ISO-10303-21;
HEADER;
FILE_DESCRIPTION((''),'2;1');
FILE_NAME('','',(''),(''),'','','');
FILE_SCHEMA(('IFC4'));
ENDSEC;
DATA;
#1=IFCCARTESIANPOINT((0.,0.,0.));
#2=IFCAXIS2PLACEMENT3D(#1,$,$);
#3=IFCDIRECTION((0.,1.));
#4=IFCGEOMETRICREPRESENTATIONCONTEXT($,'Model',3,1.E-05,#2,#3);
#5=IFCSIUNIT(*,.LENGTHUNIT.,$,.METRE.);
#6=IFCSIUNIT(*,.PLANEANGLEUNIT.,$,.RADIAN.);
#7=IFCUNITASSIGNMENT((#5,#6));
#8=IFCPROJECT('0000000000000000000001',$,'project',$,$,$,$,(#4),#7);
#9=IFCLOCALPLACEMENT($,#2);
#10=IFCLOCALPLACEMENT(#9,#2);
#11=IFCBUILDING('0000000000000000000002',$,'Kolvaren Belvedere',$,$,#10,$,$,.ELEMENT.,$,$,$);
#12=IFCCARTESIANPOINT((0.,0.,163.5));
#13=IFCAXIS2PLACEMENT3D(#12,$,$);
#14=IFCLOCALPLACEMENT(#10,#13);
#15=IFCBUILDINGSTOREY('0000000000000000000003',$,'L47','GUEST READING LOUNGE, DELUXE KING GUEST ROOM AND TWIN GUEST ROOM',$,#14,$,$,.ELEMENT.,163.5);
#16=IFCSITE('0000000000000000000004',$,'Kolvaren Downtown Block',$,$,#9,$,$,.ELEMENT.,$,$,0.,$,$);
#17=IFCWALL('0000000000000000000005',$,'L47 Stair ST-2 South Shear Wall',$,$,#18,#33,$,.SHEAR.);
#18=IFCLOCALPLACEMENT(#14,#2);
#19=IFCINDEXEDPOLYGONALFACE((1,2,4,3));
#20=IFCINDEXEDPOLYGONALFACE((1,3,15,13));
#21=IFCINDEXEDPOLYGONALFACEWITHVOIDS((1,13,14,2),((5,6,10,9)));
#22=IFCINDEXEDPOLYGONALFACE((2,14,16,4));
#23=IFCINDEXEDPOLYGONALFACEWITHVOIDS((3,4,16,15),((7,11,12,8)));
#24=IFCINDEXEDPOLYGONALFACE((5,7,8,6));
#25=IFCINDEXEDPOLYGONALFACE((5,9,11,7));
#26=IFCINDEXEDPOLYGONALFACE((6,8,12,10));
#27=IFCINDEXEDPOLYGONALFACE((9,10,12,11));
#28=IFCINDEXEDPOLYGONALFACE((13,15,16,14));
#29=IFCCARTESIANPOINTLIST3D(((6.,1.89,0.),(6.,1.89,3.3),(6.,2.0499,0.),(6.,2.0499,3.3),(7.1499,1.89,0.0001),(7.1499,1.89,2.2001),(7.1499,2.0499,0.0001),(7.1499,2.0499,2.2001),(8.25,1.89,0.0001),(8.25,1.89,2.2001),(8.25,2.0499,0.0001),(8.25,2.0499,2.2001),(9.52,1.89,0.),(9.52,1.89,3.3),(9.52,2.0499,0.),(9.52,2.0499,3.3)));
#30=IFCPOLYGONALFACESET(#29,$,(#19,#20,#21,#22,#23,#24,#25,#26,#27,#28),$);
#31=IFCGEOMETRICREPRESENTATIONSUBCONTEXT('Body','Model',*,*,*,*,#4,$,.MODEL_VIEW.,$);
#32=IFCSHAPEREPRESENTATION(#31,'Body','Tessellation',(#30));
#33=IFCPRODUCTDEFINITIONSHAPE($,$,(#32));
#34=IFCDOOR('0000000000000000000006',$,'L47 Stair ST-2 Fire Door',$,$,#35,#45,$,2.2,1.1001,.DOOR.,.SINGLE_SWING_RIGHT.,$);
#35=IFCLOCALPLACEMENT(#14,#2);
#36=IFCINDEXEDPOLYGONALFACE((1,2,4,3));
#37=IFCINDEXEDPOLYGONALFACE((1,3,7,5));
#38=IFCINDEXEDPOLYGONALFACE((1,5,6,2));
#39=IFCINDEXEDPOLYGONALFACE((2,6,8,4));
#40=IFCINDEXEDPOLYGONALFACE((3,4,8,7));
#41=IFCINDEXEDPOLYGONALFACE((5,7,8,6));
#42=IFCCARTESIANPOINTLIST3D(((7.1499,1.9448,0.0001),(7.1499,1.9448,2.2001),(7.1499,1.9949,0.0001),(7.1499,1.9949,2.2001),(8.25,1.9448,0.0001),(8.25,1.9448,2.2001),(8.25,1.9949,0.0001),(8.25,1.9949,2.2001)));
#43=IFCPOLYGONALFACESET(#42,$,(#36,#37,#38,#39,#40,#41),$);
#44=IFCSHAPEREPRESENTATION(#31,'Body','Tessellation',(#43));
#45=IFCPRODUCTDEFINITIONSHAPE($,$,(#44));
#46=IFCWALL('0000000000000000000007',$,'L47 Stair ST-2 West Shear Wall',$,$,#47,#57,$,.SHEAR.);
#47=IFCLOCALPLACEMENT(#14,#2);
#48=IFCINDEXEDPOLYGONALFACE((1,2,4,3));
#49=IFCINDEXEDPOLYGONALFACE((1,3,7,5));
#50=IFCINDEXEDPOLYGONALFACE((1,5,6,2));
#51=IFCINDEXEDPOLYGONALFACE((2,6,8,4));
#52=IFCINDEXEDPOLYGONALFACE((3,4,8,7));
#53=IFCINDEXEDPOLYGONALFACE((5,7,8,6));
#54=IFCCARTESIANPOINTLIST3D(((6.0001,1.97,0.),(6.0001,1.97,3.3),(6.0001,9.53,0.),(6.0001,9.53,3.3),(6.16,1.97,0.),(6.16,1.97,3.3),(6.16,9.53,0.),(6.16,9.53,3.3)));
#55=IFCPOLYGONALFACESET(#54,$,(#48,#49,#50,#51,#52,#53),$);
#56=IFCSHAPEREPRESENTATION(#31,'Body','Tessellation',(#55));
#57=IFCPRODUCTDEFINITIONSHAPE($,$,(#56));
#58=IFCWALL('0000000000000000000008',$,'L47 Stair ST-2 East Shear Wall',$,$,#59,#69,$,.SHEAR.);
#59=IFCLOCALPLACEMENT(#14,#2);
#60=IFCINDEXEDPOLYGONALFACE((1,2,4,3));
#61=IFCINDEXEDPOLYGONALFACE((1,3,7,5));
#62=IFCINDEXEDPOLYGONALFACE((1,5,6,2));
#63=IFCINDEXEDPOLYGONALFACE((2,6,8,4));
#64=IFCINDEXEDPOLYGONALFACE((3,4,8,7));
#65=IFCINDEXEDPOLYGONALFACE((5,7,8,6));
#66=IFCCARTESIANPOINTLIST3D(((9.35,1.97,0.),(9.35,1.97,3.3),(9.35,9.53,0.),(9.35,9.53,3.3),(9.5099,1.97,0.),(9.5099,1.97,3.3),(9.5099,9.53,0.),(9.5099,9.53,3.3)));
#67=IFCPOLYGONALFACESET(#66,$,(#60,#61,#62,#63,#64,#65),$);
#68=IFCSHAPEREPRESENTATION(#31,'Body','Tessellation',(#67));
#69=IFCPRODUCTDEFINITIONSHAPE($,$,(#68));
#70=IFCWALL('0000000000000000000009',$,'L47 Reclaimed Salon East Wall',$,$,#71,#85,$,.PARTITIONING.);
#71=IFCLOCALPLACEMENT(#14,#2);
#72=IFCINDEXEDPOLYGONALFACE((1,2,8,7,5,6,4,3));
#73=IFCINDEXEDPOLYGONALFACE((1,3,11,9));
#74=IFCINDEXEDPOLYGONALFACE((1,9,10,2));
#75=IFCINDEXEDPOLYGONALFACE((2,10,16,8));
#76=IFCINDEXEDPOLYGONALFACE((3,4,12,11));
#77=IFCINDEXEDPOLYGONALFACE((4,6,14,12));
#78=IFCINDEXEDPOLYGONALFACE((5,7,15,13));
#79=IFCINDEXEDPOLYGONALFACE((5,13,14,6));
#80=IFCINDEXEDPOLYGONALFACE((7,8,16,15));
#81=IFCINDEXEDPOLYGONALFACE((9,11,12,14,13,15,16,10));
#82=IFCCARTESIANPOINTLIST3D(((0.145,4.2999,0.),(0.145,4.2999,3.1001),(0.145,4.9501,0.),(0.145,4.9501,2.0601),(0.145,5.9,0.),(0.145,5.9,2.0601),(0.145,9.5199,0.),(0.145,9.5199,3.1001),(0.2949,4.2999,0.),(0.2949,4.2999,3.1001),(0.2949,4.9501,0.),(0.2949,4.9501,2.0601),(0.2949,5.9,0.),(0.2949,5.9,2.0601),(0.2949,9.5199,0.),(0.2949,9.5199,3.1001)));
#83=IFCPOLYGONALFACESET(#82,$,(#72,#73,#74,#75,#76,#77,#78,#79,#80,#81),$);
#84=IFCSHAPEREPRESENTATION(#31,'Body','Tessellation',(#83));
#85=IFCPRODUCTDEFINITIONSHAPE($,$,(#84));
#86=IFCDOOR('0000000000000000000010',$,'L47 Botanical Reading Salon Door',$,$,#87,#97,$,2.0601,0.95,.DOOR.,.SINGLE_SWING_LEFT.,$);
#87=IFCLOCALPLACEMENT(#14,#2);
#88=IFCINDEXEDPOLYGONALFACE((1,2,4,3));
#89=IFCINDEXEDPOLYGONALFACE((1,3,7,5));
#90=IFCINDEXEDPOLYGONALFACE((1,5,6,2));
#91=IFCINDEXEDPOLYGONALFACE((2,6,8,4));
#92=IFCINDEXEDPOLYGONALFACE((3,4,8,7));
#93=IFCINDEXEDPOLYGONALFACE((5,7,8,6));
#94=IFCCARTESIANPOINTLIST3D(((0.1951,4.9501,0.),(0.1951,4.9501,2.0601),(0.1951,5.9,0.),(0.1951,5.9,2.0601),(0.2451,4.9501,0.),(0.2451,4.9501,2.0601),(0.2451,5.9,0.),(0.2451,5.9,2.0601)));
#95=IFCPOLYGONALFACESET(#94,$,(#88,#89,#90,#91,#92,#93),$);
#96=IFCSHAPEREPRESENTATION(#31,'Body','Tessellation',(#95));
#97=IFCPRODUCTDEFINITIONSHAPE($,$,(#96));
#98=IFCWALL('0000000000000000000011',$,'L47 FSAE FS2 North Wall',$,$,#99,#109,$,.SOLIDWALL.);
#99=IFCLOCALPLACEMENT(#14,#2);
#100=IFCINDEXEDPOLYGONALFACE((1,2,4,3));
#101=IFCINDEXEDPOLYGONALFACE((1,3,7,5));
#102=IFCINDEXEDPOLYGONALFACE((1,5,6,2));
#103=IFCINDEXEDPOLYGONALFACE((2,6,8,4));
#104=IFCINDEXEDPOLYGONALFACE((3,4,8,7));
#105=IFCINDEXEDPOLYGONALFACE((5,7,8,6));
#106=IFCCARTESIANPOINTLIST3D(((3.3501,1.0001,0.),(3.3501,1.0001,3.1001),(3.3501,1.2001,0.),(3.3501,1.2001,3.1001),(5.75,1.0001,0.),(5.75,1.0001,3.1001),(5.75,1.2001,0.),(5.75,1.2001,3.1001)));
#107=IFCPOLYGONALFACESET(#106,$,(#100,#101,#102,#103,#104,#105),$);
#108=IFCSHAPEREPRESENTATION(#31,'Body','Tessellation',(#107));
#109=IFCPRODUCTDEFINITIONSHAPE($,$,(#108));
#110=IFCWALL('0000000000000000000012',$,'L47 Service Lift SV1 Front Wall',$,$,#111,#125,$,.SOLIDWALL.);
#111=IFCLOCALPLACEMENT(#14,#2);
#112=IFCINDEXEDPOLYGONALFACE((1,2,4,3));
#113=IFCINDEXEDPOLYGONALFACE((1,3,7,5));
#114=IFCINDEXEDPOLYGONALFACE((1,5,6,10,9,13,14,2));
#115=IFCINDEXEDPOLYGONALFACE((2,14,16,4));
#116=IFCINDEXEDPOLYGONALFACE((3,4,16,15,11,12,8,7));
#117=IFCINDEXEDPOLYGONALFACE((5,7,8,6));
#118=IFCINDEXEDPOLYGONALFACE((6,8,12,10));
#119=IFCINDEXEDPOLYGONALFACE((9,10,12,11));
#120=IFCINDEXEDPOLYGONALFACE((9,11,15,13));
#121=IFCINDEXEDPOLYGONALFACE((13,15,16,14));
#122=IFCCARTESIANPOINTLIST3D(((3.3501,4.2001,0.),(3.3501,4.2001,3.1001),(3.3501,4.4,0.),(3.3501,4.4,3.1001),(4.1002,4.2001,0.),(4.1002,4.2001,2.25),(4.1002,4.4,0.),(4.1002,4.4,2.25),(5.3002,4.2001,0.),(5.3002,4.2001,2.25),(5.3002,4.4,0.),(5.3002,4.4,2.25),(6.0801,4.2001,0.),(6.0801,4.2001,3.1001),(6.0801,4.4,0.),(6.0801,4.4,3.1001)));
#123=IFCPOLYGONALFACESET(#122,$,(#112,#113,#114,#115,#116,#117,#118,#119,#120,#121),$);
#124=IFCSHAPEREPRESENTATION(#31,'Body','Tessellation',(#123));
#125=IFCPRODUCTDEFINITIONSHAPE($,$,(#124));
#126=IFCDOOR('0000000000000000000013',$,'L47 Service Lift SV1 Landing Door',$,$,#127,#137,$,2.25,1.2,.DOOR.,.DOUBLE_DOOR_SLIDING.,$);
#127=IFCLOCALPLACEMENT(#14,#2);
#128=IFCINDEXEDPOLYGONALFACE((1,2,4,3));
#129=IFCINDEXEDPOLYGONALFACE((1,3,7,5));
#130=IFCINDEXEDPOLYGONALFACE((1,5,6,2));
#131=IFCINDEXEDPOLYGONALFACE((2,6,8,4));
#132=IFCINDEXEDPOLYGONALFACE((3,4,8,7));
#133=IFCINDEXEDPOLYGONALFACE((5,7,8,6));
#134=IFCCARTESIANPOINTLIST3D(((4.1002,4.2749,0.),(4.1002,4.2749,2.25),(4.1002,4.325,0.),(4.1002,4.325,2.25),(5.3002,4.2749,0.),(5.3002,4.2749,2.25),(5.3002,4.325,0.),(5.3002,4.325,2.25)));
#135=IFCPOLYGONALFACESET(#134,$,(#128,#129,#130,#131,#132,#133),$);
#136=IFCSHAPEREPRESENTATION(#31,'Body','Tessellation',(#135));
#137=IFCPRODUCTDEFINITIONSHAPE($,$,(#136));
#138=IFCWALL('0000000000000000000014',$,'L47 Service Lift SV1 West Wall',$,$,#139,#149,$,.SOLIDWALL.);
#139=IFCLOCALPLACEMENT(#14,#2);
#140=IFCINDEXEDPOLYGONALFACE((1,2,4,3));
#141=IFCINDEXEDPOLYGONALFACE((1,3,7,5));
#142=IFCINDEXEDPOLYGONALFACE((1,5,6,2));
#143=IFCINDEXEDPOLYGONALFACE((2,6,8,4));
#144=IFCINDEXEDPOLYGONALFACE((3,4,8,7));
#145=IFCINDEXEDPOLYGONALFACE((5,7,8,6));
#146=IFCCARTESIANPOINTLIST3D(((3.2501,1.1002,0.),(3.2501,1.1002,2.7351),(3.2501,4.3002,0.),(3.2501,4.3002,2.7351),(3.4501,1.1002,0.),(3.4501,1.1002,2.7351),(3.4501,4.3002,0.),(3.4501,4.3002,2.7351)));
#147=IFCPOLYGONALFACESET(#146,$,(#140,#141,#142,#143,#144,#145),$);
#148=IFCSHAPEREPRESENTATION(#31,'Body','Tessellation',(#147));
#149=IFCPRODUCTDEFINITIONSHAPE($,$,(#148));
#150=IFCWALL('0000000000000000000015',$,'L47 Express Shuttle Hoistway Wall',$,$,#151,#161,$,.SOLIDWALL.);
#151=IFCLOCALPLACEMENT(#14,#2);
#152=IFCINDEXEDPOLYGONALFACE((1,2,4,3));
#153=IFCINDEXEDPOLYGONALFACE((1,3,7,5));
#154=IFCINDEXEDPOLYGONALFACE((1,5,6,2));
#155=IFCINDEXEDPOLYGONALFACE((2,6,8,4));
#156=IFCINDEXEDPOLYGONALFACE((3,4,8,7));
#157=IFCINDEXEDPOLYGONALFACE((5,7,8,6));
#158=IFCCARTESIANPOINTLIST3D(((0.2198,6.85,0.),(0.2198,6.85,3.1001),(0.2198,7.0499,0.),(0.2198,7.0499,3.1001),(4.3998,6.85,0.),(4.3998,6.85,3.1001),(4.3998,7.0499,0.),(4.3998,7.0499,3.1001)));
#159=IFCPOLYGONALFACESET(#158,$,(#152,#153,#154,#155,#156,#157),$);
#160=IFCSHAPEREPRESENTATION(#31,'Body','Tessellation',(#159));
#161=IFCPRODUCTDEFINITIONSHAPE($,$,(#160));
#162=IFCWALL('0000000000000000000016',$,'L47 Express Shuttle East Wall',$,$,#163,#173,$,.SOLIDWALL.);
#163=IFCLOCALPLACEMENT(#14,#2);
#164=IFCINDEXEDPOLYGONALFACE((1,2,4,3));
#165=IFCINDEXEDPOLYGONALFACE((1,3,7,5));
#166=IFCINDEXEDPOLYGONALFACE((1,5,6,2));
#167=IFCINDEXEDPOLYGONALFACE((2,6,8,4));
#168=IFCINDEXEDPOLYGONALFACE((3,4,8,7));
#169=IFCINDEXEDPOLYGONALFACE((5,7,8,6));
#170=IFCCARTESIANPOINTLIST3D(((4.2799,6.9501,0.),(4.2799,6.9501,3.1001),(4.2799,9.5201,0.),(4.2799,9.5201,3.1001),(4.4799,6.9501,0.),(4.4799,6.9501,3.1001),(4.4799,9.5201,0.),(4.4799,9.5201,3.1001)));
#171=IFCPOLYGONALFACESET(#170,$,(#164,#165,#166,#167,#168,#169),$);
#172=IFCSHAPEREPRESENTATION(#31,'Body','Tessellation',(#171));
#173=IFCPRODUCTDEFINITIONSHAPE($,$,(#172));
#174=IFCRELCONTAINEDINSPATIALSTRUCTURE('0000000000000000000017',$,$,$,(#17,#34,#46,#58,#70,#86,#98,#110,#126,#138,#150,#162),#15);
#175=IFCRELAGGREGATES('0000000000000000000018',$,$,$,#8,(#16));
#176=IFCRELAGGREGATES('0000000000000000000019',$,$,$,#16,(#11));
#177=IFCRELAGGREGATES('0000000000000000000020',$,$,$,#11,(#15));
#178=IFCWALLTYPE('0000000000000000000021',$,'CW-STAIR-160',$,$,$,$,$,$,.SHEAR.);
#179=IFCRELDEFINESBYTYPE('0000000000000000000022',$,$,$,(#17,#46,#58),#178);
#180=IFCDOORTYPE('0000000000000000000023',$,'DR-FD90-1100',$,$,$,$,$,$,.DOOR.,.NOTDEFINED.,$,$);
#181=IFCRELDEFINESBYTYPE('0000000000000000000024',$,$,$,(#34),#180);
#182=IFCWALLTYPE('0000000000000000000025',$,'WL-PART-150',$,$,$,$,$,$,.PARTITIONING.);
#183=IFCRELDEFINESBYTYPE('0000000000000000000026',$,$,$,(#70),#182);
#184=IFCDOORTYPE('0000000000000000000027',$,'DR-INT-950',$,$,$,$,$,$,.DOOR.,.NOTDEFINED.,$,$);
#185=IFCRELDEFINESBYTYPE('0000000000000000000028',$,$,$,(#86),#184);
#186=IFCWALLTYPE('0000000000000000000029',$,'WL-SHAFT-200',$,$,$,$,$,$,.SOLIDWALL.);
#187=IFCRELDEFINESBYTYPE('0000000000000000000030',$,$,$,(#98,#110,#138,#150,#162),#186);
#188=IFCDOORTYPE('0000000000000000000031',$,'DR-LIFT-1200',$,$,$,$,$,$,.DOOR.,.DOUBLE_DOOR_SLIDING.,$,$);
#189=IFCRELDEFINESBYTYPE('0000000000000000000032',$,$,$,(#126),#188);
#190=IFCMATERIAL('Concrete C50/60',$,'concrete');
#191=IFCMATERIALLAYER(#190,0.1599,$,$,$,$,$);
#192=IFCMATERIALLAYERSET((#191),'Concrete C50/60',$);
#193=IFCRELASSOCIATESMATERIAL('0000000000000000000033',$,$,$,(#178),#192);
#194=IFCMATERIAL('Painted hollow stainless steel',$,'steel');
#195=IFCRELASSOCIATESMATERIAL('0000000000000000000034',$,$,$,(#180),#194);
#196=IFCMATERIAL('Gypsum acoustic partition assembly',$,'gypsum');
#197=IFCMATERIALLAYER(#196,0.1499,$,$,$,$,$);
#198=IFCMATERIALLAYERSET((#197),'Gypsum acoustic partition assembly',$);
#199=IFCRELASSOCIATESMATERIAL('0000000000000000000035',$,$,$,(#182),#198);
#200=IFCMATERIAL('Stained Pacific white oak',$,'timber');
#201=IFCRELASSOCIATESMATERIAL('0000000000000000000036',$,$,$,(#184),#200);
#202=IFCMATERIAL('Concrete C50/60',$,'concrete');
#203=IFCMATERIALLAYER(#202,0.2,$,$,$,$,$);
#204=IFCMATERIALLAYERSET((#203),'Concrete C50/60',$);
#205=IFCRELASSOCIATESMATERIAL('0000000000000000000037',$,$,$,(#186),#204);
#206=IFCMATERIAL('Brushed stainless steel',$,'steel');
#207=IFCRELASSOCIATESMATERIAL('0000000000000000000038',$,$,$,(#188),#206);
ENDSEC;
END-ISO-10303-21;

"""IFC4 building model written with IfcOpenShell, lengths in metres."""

from ifc_helpers import new_model, si_unit, direction, frame, frame_2d, origin, place, context, subcontext, project, spatial, rectangle, extrude, material, layer, layer_set, type_object, element, fill, save


model = new_model("IFC4")

# Units and contexts
model_context = context("Model", 3, precision=1e-05, world=origin(), true_north=direction((0.0, 1.0)))
body_context = subcontext(model_context, "Body", "Model", "MODEL_VIEW")
ifc_project = project(units=[si_unit("LENGTHUNIT", "METRE"), si_unit("PLANEANGLEUNIT", "RADIAN")], contexts=[model_context])

# Site, building, storey
site_placement = place(None, origin())
site = spatial("IfcSite", under=ifc_project, at=site_placement, Name="Kolvaren Downtown Block", CompositionType="ELEMENT", RefElevation=0.0)
building_placement = place(site_placement, origin())
building = spatial("IfcBuilding", under=site, at=building_placement, Name="Kolvaren Belvedere", CompositionType="ELEMENT")
storey_placement = place(building_placement, frame((0.0, 0.0, 163.5)))
storey = spatial("IfcBuildingStorey", under=building, at=storey_placement, Name="L47", Description="GUEST READING LOUNGE, DELUXE KING GUEST ROOM AND TWIN GUEST ROOM", CompositionType="ELEMENT", Elevation=163.5)

# Wall, opening, door
ifc_material_1 = material(Name="Concrete C50/60", Category="concrete")
ifc_layer_1 = layer(ifc_material_1, 0.1599)
ifc_layer_set_1 = layer_set([ifc_layer_1], Name="Concrete C50/60")
wall_type_1 = type_object("IfcWallType", Name="CW-STAIR-160", PredefinedType="SHEAR", material=ifc_layer_set_1)
wall_1_placement = place(storey_placement, frame((6.0, 1.97, 0.0), z_axis=(0.0, 0.0, 1.0), x_axis=(1.0, 0.0, 0.0)))
wall_1 = element("IfcWall", 1, at=wall_1_placement, inside=storey, type_object=wall_type_1, Name="L47 Stair ST-2 South Shear Wall", PredefinedType="SHEAR", context=body_context, shape_type="SweptSolid", body=[
    extrude(rectangle(XDim=3.52, YDim=0.1599, at=frame_2d((1.76, 0.0))), origin(), (0.0, 0.0, 1.0), 3.3),
])
opening_1_placement = place(wall_1_placement, frame((1.1499, 0.0, 0.0)))
opening_1 = element("IfcOpeningElement", 2, at=opening_1_placement, cuts=wall_1, PredefinedType="OPENING", context=body_context, shape_type="SweptSolid", body=[
    extrude(rectangle(XDim=1.1001, YDim=2.2, at=frame_2d((0.55, 1.1001))), frame((0.0, 0.0898, 0.0), z_axis=(0.0, -1.0, 0.0), x_axis=(1.0, 0.0, 0.0)), (0.0, 0.0, 1.0), 0.1799),
])
ifc_material_2 = material(Name="Painted hollow stainless steel", Category="steel")
door_type_1 = type_object("IfcDoorType", Name="DR-FD90-1100", OperationType="NOTDEFINED", PredefinedType="DOOR", material=ifc_material_2)
door_1_placement = place(opening_1_placement, origin())
door_1 = element("IfcDoor", 3, at=door_1_placement, inside=storey, type_object=door_type_1, Name="L47 Stair ST-2 Fire Door", OperationType="SINGLE_SWING_RIGHT", OverallHeight=2.2, OverallWidth=1.1001, PredefinedType="DOOR", context=body_context, shape_type="SweptSolid", body=[
    extrude(rectangle(XDim=1.1001, YDim=2.2, at=frame_2d((0.55, 1.1001))), frame((0.0, 0.0249, 0.0), z_axis=(0.0, -1.0, 0.0), x_axis=(1.0, 0.0, 0.0)), (0.0, 0.0, 1.0), 0.05),
])
fill(opening_1, door_1)

# Walls
for number, where, z_axis, x_axis, name in (
    (4, (6.0801, 1.97, 0.0), (0.0, 0.0, 1.0), (0.0, 1.0, 0.0), "L47 Stair ST-2 West Shear Wall"),
    (5, (9.4299, 1.97, 0.0), (0.0, 0.0, 1.0), (0.0, 1.0, 0.0), "L47 Stair ST-2 East Shear Wall"),
):
    element("IfcWall", number, at=place(storey_placement, frame(where, z_axis=z_axis, x_axis=x_axis)), inside=storey, type_object=wall_type_1, Name=name, PredefinedType="SHEAR", context=body_context, shape_type="SweptSolid", body=[
        extrude(rectangle(XDim=7.5601, YDim=0.1599, at=frame_2d((3.78, 0.0))), origin(), (0.0, 0.0, 1.0), 3.3),
    ])

# Wall, opening, door
ifc_material_3 = material(Name="Gypsum acoustic partition assembly", Category="gypsum")
ifc_layer_2 = layer(ifc_material_3, 0.1499)
ifc_layer_set_2 = layer_set([ifc_layer_2], Name="Gypsum acoustic partition assembly")
wall_type_2 = type_object("IfcWallType", Name="WL-PART-150", PredefinedType="PARTITIONING", material=ifc_layer_set_2)
wall_2_placement = place(storey_placement, frame((0.22, 4.3, 0.0), z_axis=(0.0, 0.0, 1.0), x_axis=(0.0, 1.0, 0.0)))
wall_2 = element("IfcWall", 6, at=wall_2_placement, inside=storey, type_object=wall_type_2, Name="L47 Reclaimed Salon East Wall", PredefinedType="PARTITIONING", context=body_context, shape_type="SweptSolid", body=[
    extrude(rectangle(XDim=5.22, YDim=0.1499, at=frame_2d((2.6099, 0.0))), origin(), (0.0, 0.0, 1.0), 3.1001),
])
opening_2_placement = place(wall_2_placement, frame((0.6499, 0.0, 0.0)))
opening_2 = element("IfcOpeningElement", 7, at=opening_2_placement, cuts=wall_2, PredefinedType="OPENING", context=body_context, shape_type="SweptSolid", body=[
    extrude(rectangle(XDim=0.95, YDim=2.0601, at=frame_2d((0.4751, 1.03))), frame((0.0, 0.085, 0.0), z_axis=(0.0, -1.0, 0.0), x_axis=(1.0, 0.0, 0.0)), (0.0, 0.0, 1.0), 0.1699),
])
ifc_material_4 = material(Name="Stained Pacific white oak", Category="timber")
door_type_2 = type_object("IfcDoorType", Name="DR-INT-950", OperationType="NOTDEFINED", PredefinedType="DOOR", material=ifc_material_4)
door_2_placement = place(opening_2_placement, origin())
door_2 = element("IfcDoor", 8, at=door_2_placement, inside=storey, type_object=door_type_2, Name="L47 Botanical Reading Salon Door", OperationType="SINGLE_SWING_LEFT", OverallHeight=2.0601, OverallWidth=0.95, PredefinedType="DOOR", context=body_context, shape_type="SweptSolid", body=[
    extrude(rectangle(XDim=0.95, YDim=2.0601, at=frame_2d((0.4751, 1.03))), frame((0.0, 0.0249, 0.0), z_axis=(0.0, -1.0, 0.0), x_axis=(1.0, 0.0, 0.0)), (0.0, 0.0, 1.0), 0.05),
])
fill(opening_2, door_2)

# Wall
ifc_material_5 = material(Name="Concrete C50/60", Category="concrete")
ifc_layer_3 = layer(ifc_material_5, 0.2)
ifc_layer_set_3 = layer_set([ifc_layer_3], Name="Concrete C50/60")
wall_type_3 = type_object("IfcWallType", Name="WL-SHAFT-200", PredefinedType="SOLIDWALL", material=ifc_layer_set_3)
wall_3_placement = place(storey_placement, frame((3.3501, 1.1001, 0.0), z_axis=(0.0, 0.0, 1.0), x_axis=(1.0, 0.0, 0.0)))
element("IfcWall", 9, at=wall_3_placement, inside=storey, type_object=wall_type_3, Name="L47 FSAE FS2 North Wall", PredefinedType="SOLIDWALL", context=body_context, shape_type="SweptSolid", body=[
    extrude(rectangle(XDim=2.3999, YDim=0.2, at=frame_2d((1.2, 0.0))), origin(), (0.0, 0.0, 1.0), 3.1001),
])

# Wall, opening, door
wall_4_placement = place(storey_placement, frame((3.3501, 4.3, 0.0), z_axis=(0.0, 0.0, 1.0), x_axis=(1.0, 0.0, 0.0)))
wall_4 = element("IfcWall", 10, at=wall_4_placement, inside=storey, type_object=wall_type_3, Name="L47 Service Lift SV1 Front Wall", PredefinedType="SOLIDWALL", context=body_context, shape_type="SweptSolid", body=[
    extrude(rectangle(XDim=2.73, YDim=0.2, at=frame_2d((1.365, 0.0))), origin(), (0.0, 0.0, 1.0), 3.1001),
])
opening_3_placement = place(wall_4_placement, frame((0.75, 0.0, 0.0)))
opening_3 = element("IfcOpeningElement", 11, at=opening_3_placement, cuts=wall_4, PredefinedType="OPENING", context=body_context, shape_type="SweptSolid", body=[
    extrude(rectangle(XDim=1.2, YDim=2.25, at=frame_2d((0.6001, 1.125))), frame((0.0, 0.1099, 0.0), z_axis=(0.0, -1.0, 0.0), x_axis=(1.0, 0.0, 0.0)), (0.0, 0.0, 1.0), 0.22),
])
ifc_material_6 = material(Name="Brushed stainless steel", Category="steel")
door_type_3 = type_object("IfcDoorType", Name="DR-LIFT-1200", OperationType="DOUBLE_DOOR_SLIDING", PredefinedType="DOOR", material=ifc_material_6)
door_3_placement = place(opening_3_placement, origin())
door_3 = element("IfcDoor", 12, at=door_3_placement, inside=storey, type_object=door_type_3, Name="L47 Service Lift SV1 Landing Door", OperationType="DOUBLE_DOOR_SLIDING", OverallHeight=2.25, OverallWidth=1.2, PredefinedType="DOOR", context=body_context, shape_type="SweptSolid", body=[
    extrude(rectangle(XDim=1.2, YDim=2.25, at=frame_2d((0.6001, 1.125))), frame((0.0, 0.0249, 0.0), z_axis=(0.0, -1.0, 0.0), x_axis=(1.0, 0.0, 0.0)), (0.0, 0.0, 1.0), 0.05),
])
fill(opening_3, door_3)

# Walls
wall_5_placement = place(storey_placement, frame((3.3501, 1.1001, 0.0), z_axis=(0.0, 0.0, 1.0), x_axis=(0.0, 1.0, 0.0)))
element("IfcWall", 13, at=wall_5_placement, inside=storey, type_object=wall_type_3, Name="L47 Service Lift SV1 West Wall", PredefinedType="SOLIDWALL", context=body_context, shape_type="SweptSolid", body=[
    extrude(rectangle(XDim=3.2, YDim=0.2, at=frame_2d((1.6001, 0.0))), origin(), (0.0, 0.0, 1.0), 2.7351),
])
wall_6_placement = place(storey_placement, frame((0.22, 6.95, 0.0), z_axis=(0.0, 0.0, 1.0), x_axis=(1.0, 0.0, 0.0)))
element("IfcWall", 14, at=wall_6_placement, inside=storey, type_object=wall_type_3, Name="L47 Express Shuttle Hoistway Wall", PredefinedType="SOLIDWALL", context=body_context, shape_type="SweptSolid", body=[
    extrude(rectangle(XDim=4.1799, YDim=0.2, at=frame_2d((2.0898, 0.0))), origin(), (0.0, 0.0, 1.0), 3.1001),
])
for number, where, z_axis, x_axis, name in (
    (15, (4.3799, 6.95, 0.0), (0.0, 0.0, 1.0), (0.0, 1.0, 0.0), "L47 Express Shuttle East Wall"),
):
    element("IfcWall", number, at=place(storey_placement, frame(where, z_axis=z_axis, x_axis=x_axis)), inside=storey, type_object=wall_type_3, Name=name, PredefinedType="SOLIDWALL", context=body_context, shape_type="SweptSolid", body=[
        extrude(rectangle(XDim=2.5701, YDim=0.2, at=frame_2d((1.2852, 0.0))), origin(), (0.0, 0.0, 1.0), 3.1001),
    ])

save(model, "model.ifc")
